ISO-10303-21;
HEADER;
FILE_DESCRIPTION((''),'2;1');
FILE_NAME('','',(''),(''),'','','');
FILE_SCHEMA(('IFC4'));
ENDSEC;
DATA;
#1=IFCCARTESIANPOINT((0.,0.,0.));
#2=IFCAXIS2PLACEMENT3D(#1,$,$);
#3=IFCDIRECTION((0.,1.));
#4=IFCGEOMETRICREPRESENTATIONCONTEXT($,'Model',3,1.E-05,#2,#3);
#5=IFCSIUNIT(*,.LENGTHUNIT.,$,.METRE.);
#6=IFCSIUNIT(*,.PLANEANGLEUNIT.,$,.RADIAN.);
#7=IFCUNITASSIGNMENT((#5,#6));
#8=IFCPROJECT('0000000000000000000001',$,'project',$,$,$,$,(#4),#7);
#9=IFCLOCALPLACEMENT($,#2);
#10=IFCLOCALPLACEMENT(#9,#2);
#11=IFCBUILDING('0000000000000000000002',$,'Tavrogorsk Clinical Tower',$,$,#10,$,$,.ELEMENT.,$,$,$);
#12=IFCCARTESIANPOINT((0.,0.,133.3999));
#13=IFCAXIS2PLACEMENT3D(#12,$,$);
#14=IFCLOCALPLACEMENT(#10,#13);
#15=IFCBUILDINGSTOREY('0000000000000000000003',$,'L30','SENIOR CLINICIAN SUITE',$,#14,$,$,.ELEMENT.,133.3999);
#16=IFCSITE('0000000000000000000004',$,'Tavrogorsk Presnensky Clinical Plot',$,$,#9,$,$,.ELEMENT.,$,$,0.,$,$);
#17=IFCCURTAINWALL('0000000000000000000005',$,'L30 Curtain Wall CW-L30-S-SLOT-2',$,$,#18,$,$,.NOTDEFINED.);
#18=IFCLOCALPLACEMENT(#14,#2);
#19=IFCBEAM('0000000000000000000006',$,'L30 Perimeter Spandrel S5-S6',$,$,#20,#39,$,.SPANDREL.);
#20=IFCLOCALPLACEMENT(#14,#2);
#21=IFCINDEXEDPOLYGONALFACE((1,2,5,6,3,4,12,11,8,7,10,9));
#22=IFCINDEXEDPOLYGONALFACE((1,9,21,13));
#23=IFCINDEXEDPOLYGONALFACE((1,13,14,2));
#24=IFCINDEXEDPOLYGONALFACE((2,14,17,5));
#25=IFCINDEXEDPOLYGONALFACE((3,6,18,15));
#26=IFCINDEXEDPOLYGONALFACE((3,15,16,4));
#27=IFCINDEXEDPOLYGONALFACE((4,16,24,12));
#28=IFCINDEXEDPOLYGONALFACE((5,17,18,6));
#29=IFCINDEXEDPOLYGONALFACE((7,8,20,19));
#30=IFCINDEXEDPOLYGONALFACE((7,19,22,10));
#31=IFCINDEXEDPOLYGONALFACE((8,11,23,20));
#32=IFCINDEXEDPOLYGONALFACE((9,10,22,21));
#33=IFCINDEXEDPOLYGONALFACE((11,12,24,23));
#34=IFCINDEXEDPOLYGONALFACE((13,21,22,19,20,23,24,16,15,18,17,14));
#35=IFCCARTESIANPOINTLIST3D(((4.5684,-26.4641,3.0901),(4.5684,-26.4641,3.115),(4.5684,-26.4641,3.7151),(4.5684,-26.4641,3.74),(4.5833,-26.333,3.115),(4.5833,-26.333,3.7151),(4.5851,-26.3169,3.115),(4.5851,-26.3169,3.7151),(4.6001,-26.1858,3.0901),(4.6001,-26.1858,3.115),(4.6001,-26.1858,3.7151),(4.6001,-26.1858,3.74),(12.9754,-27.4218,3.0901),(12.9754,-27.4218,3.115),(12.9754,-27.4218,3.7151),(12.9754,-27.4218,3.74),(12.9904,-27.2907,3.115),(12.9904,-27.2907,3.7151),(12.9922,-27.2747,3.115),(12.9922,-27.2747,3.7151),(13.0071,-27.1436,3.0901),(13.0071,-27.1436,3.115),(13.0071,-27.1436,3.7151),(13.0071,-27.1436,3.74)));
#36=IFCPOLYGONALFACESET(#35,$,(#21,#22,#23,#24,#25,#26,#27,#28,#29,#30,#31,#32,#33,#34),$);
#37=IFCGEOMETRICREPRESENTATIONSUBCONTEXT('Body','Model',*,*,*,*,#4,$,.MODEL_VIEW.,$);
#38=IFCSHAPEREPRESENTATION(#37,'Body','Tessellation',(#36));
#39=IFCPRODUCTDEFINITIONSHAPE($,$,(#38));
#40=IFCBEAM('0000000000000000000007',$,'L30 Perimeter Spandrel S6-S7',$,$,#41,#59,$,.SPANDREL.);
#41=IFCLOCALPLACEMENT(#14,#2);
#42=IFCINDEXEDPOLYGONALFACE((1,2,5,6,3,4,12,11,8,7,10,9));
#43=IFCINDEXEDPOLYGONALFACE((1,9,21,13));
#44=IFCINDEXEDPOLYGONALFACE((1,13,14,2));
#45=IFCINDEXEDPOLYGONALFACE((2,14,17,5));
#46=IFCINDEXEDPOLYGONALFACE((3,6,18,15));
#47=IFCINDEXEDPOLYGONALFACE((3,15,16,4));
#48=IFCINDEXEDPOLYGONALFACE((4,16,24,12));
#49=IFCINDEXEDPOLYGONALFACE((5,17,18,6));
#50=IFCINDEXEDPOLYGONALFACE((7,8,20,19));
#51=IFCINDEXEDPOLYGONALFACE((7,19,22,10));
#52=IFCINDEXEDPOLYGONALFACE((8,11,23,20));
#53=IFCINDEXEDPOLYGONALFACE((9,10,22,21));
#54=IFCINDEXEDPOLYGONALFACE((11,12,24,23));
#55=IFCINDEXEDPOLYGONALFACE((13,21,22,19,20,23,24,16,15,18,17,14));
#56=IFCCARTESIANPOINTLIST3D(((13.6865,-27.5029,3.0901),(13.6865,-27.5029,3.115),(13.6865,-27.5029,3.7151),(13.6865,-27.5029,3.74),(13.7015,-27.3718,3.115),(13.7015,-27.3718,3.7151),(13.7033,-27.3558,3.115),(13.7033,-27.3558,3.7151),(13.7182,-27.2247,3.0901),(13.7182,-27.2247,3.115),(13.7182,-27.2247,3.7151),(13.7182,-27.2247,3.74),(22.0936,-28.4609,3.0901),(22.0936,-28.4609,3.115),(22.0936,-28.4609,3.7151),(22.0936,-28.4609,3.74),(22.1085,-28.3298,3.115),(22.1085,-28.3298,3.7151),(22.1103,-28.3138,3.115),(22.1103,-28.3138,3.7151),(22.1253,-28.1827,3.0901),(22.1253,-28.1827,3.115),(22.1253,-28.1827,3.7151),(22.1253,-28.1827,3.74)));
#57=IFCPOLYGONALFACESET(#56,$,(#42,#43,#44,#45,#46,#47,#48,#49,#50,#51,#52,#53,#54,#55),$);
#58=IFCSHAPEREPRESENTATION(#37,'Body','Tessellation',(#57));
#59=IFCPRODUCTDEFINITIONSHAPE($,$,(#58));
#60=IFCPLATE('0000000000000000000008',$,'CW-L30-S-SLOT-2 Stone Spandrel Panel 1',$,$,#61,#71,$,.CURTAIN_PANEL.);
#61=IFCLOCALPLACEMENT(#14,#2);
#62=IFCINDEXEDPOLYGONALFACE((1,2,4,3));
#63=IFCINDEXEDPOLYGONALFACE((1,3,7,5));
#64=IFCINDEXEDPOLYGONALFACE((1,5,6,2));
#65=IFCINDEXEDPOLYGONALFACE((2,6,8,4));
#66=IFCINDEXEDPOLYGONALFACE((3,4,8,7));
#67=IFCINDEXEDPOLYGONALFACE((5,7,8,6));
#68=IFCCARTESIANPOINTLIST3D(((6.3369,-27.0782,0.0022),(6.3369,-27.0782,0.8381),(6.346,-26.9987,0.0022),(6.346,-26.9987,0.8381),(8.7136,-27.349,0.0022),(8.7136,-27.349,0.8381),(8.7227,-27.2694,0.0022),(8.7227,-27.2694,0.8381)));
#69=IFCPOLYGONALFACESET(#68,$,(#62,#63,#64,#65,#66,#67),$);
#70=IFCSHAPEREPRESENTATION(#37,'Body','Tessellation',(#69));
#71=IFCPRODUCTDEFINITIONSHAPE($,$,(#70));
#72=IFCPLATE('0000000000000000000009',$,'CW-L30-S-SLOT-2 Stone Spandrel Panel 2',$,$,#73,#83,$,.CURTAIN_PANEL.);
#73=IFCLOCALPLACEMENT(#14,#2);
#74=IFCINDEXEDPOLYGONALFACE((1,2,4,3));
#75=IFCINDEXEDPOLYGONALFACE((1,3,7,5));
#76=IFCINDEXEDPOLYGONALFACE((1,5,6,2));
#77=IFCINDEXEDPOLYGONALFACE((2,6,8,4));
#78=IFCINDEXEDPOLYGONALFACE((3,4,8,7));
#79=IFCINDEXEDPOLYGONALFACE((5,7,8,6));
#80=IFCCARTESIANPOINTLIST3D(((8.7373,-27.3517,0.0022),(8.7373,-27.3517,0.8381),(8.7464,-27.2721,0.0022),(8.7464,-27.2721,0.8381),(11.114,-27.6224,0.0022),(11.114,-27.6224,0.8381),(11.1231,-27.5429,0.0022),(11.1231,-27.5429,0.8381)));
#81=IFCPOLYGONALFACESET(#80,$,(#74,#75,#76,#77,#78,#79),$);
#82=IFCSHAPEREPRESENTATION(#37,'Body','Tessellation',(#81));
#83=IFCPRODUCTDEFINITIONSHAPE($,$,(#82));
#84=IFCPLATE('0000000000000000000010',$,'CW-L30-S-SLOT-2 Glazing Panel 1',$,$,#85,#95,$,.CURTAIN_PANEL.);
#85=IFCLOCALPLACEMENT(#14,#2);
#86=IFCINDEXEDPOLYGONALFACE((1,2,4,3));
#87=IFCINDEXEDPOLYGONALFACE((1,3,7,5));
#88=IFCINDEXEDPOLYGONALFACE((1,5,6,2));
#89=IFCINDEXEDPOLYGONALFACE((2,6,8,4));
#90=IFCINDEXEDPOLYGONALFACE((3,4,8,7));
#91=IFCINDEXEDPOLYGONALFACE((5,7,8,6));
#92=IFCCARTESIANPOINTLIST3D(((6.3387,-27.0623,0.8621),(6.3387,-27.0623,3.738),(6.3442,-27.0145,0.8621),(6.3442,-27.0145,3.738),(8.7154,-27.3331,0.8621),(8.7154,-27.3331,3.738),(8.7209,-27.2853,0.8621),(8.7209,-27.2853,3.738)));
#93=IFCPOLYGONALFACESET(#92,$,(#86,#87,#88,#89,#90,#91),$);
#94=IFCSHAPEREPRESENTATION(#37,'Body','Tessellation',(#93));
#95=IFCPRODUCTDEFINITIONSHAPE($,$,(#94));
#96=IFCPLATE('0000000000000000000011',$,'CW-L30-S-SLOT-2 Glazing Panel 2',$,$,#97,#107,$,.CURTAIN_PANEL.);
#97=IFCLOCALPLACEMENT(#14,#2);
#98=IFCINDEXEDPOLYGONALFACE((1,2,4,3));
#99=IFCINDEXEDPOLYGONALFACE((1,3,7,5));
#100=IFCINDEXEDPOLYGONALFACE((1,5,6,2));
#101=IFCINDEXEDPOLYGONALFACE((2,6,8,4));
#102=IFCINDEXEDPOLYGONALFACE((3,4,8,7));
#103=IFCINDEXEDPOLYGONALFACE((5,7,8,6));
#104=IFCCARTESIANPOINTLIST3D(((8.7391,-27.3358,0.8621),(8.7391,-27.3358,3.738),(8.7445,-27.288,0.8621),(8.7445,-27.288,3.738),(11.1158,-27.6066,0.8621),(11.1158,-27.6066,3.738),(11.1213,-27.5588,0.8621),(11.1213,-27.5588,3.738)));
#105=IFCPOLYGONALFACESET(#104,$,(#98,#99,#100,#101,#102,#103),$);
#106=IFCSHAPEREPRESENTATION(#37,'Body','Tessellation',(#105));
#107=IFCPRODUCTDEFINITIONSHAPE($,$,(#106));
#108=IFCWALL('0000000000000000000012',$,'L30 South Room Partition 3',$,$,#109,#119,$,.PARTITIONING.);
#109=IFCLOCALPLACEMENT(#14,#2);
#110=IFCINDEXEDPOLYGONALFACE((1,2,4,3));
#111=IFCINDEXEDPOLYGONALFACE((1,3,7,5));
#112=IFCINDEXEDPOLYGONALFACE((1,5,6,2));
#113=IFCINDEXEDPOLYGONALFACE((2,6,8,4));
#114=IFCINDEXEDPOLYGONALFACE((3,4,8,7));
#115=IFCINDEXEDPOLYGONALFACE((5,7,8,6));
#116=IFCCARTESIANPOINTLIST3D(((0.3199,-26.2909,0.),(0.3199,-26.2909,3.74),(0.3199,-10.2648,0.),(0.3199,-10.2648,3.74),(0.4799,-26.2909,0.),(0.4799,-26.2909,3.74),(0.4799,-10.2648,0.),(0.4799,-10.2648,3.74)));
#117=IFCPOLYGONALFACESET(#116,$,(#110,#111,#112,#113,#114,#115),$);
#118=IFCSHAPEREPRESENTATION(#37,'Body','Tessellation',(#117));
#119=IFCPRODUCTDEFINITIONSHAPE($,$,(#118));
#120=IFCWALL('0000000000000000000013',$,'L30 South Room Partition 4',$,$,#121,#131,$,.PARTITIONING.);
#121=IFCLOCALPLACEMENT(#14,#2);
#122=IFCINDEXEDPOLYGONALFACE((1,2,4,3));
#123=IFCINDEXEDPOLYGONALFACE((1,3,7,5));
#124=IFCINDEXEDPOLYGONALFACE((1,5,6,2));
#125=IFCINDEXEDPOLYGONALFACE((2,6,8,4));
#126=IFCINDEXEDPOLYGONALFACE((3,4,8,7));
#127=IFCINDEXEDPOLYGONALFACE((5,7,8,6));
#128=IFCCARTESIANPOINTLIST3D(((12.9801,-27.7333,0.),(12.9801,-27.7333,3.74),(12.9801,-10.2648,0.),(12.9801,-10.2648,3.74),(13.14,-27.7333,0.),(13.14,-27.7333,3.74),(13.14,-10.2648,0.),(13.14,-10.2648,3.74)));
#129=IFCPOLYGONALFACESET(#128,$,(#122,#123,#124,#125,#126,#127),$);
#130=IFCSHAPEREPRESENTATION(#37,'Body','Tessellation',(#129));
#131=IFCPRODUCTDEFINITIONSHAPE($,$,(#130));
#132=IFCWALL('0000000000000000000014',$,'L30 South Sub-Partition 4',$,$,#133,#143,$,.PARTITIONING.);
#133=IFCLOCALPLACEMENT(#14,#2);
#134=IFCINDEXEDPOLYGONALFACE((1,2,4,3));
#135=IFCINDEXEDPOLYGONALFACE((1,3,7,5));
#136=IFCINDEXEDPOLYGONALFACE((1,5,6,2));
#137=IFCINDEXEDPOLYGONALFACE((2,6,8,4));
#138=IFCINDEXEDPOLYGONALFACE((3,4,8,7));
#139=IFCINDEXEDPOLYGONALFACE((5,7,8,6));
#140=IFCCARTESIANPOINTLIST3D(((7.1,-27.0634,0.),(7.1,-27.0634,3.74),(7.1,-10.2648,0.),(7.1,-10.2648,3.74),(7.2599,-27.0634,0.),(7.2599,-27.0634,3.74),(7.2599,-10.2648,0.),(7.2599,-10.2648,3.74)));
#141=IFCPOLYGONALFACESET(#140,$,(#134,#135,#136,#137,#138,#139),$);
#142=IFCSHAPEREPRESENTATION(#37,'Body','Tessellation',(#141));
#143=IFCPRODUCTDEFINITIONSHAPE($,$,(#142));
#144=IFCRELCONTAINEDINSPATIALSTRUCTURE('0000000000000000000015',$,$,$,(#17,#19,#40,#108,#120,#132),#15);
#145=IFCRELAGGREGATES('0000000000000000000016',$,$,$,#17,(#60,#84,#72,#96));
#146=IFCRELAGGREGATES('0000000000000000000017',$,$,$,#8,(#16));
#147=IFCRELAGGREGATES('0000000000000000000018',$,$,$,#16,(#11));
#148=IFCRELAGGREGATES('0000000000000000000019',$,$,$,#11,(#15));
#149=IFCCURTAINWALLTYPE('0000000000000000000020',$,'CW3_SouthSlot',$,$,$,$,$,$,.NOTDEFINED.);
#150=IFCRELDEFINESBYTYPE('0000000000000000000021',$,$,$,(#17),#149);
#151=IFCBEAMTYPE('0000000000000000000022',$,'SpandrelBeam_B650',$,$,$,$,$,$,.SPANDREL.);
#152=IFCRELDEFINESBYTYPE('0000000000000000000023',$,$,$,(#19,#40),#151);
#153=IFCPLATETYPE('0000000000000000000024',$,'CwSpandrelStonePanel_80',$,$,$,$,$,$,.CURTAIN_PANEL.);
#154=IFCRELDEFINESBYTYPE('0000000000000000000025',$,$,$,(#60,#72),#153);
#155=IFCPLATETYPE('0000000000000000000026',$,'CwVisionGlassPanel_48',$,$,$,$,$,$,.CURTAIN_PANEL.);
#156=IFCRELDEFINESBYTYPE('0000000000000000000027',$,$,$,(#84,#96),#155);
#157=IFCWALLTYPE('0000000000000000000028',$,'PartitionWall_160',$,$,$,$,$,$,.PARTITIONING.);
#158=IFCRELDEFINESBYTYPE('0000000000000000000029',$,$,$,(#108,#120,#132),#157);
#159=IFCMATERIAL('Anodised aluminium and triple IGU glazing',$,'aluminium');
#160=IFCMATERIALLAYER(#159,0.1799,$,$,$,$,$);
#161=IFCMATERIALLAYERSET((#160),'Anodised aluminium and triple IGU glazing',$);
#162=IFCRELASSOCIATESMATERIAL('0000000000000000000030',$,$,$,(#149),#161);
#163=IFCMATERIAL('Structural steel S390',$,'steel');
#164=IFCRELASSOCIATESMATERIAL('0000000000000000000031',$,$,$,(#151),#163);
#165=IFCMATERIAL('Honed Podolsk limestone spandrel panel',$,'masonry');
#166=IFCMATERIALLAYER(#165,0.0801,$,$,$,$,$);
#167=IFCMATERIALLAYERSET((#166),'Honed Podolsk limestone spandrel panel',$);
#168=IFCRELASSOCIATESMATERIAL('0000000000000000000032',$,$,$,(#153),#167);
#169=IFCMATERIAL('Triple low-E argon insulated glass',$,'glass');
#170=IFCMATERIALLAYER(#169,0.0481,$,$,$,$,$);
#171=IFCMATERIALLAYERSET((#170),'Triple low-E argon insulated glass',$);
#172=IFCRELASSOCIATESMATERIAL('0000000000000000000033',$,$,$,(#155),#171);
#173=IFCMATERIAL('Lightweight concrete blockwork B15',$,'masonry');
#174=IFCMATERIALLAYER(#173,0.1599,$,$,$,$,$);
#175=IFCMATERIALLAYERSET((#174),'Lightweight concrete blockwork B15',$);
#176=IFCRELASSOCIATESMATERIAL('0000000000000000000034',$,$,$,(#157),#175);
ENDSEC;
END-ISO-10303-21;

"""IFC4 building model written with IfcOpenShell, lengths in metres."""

from ifc_helpers import new_model, si_unit, direction, frame, frame_2d, origin, origin_2d, place, context, subcontext, project, spatial, rectangle, i_section, extrude, material, layer, layer_set, material_profile, profile_set, type_object, element, aggregate, save


model = new_model("IFC4")

# Units and contexts
model_context = context("Model", 3, precision=1e-05, world=origin(), true_north=direction((0.0, 1.0)))
body_context = subcontext(model_context, "Body", "Model", "MODEL_VIEW")
ifc_project = project(units=[si_unit("LENGTHUNIT", "METRE"), si_unit("PLANEANGLEUNIT", "RADIAN")], contexts=[model_context])

# Site, building, storey
site_placement = place(None, origin())
site = spatial("IfcSite", under=ifc_project, at=site_placement, Name="Tavrogorsk Presnensky Clinical Plot", CompositionType="ELEMENT", RefElevation=0.0)
building_placement = place(site_placement, origin())
building = spatial("IfcBuilding", under=site, at=building_placement, Name="Tavrogorsk Clinical Tower", CompositionType="ELEMENT")
storey_placement = place(building_placement, frame((0.0, 0.0, 133.3999)))
storey = spatial("IfcBuildingStorey", under=building, at=storey_placement, Name="L30", Description="SENIOR CLINICIAN SUITE", CompositionType="ELEMENT", Elevation=133.3999)

# Curtain wall
ifc_material_1 = material(Name="Anodised aluminium and triple IGU glazing", Category="aluminium")
ifc_layer_1 = layer(ifc_material_1, 0.1799)
ifc_layer_set_1 = layer_set([ifc_layer_1], Name="Anodised aluminium and triple IGU glazing")
curtain_wall_type = type_object("IfcCurtainWallType", Name="CW3_SouthSlot", PredefinedType="NOTDEFINED", material=ifc_layer_set_1)
curtain_wall_placement = place(storey_placement, origin())
curtain_wall = element("IfcCurtainWall", 1, at=curtain_wall_placement, inside=storey, type_object=curtain_wall_type, Name="L30 Curtain Wall CW-L30-S-SLOT-2", PredefinedType="NOTDEFINED")

# Beams
ifc_material_2 = material(Name="Structural steel S390", Category="steel")
ifc_material_profile_1 = material_profile(ifc_material_2, i_section(OverallWidth=0.28, OverallDepth=0.6499, WebThickness=0.0161, FlangeThickness=0.0249, at=origin_2d()), Name="B-650x280x16x25")
ifc_profile_set_1 = profile_set([ifc_material_profile_1], Name="Structural steel S390")
beam_type = type_object("IfcBeamType", Name="SpandrelBeam_B650", PredefinedType="SPANDREL", material=ifc_profile_set_1)
for number, where, z_axis, x_axis, name in (
    (2, (4.5842, -26.325, 3.415), (0.993573, -0.113193, 0.0), (0.113193, 0.993573, 0.0), "L30 Perimeter Spandrel S5-S6"),
    (3, (13.7024, -27.3638, 3.415), (0.99357, -0.113221, 0.0), (0.113221, 0.99357, 0.0), "L30 Perimeter Spandrel S6-S7"),
):
    element("IfcBeam", number, at=place(storey_placement, frame(where, z_axis=z_axis, x_axis=x_axis)), inside=storey, type_object=beam_type, Name=name, PredefinedType="SPANDREL", context=body_context, shape_type="SweptSolid", body=[
        extrude(i_section(OverallWidth=0.28, OverallDepth=0.6499, WebThickness=0.0161, FlangeThickness=0.0249, at=origin_2d()), origin(), (0.0, 0.0, 1.0), 8.4614),
    ])

# Plates
ifc_material_3 = material(Name="Honed Podolsk limestone spandrel panel", Category="masonry")
ifc_layer_2 = layer(ifc_material_3, 0.0801)
ifc_layer_set_2 = layer_set([ifc_layer_2], Name="Honed Podolsk limestone spandrel panel")
plate_type_1 = type_object("IfcPlateType", Name="CwSpandrelStonePanel_80", PredefinedType="CURTAIN_PANEL", material=ifc_layer_set_2)
plate_1_placement = place(storey_placement, frame((7.5298, -27.1738, 0.0022), z_axis=(0.0, 0.0, 1.0), x_axis=(0.993572, -0.113203, 0.0)))
plate_1 = element("IfcPlate", 4, at=plate_1_placement, type_object=plate_type_1, Name="CW-L30-S-SLOT-2 Stone Spandrel Panel 1", PredefinedType="CURTAIN_PANEL", context=body_context, shape_type="SweptSolid", body=[
    extrude(rectangle(XDim=2.3921, YDim=0.0801, at=origin_2d()), origin(), (0.0, 0.0, 1.0), 0.8359),
])
plate_2_placement = place(storey_placement, frame((9.9302, -27.4473, 0.0022), z_axis=(0.0, 0.0, 1.0), x_axis=(0.993572, -0.113203, 0.0)))
plate_2 = element("IfcPlate", 5, at=plate_2_placement, type_object=plate_type_1, Name="CW-L30-S-SLOT-2 Stone Spandrel Panel 2", PredefinedType="CURTAIN_PANEL", context=body_context, shape_type="SweptSolid", body=[
    extrude(rectangle(XDim=2.3921, YDim=0.0801, at=origin_2d()), origin(), (0.0, 0.0, 1.0), 0.8359),
])
ifc_material_4 = material(Name="Triple low-E argon insulated glass", Category="glass")
ifc_layer_3 = layer(ifc_material_4, 0.0481)
ifc_layer_set_3 = layer_set([ifc_layer_3], Name="Triple low-E argon insulated glass")
plate_type_2 = type_object("IfcPlateType", Name="CwVisionGlassPanel_48", PredefinedType="CURTAIN_PANEL", material=ifc_layer_set_3)
plate_3_placement = place(storey_placement, frame((7.5298, -27.1738, 0.8621), z_axis=(0.0, 0.0, 1.0), x_axis=(0.993572, -0.113203, 0.0)))
plate_3 = element("IfcPlate", 6, at=plate_3_placement, type_object=plate_type_2, Name="CW-L30-S-SLOT-2 Glazing Panel 1", PredefinedType="CURTAIN_PANEL", context=body_context, shape_type="SweptSolid", body=[
    extrude(rectangle(XDim=2.3921, YDim=0.0481, at=origin_2d()), origin(), (0.0, 0.0, 1.0), 2.876),
])
plate_4_placement = place(storey_placement, frame((9.9302, -27.4473, 0.8621), z_axis=(0.0, 0.0, 1.0), x_axis=(0.993572, -0.113203, 0.0)))
plate_4 = element("IfcPlate", 7, at=plate_4_placement, type_object=plate_type_2, Name="CW-L30-S-SLOT-2 Glazing Panel 2", PredefinedType="CURTAIN_PANEL", context=body_context, shape_type="SweptSolid", body=[
    extrude(rectangle(XDim=2.3921, YDim=0.0481, at=origin_2d()), origin(), (0.0, 0.0, 1.0), 2.876),
])
aggregate(curtain_wall, [plate_1, plate_3, plate_2, plate_4])

# Walls
ifc_material_5 = material(Name="Lightweight concrete blockwork B15", Category="masonry")
ifc_layer_4 = layer(ifc_material_5, 0.1599)
ifc_layer_set_4 = layer_set([ifc_layer_4], Name="Lightweight concrete blockwork B15")
wall_type_1 = type_object("IfcWallType", Name="PartitionWall_160", PredefinedType="PARTITIONING", material=ifc_layer_set_4)
wall_1_placement = place(storey_placement, frame((0.3999, -26.291, 0.0), z_axis=(0.0, 0.0, 1.0), x_axis=(0.0, 1.0, 0.0)))
element("IfcWall", 8, at=wall_1_placement, inside=storey, type_object=wall_type_1, Name="L30 South Room Partition 3", PredefinedType="PARTITIONING", context=body_context, shape_type="SweptSolid", body=[
    extrude(rectangle(XDim=16.0261, YDim=0.1599, at=frame_2d((8.0132, 0.0))), origin(), (0.0, 0.0, 1.0), 3.74),
])
wall_2_placement = place(storey_placement, frame((13.0601, -27.7334, 0.0), z_axis=(0.0, 0.0, 1.0), x_axis=(0.0, 1.0, 0.0)))
element("IfcWall", 9, at=wall_2_placement, inside=storey, type_object=wall_type_1, Name="L30 South Room Partition 4", PredefinedType="PARTITIONING", context=body_context, shape_type="SweptSolid", body=[
    extrude(rectangle(XDim=17.4685, YDim=0.1599, at=frame_2d((8.7344, 0.0))), origin(), (0.0, 0.0, 1.0), 3.74),
])
wall_3_placement = place(storey_placement, frame((7.1799, -27.0635, 0.0), z_axis=(0.0, 0.0, 1.0), x_axis=(0.0, 1.0, 0.0)))
element("IfcWall", 10, at=wall_3_placement, inside=storey, type_object=wall_type_1, Name="L30 South Sub-Partition 4", PredefinedType="PARTITIONING", context=body_context, shape_type="SweptSolid", body=[
    extrude(rectangle(XDim=16.7986, YDim=0.1599, at=frame_2d((8.3994, 0.0))), origin(), (0.0, 0.0, 1.0), 3.74),
])

save(model, "model.ifc")
